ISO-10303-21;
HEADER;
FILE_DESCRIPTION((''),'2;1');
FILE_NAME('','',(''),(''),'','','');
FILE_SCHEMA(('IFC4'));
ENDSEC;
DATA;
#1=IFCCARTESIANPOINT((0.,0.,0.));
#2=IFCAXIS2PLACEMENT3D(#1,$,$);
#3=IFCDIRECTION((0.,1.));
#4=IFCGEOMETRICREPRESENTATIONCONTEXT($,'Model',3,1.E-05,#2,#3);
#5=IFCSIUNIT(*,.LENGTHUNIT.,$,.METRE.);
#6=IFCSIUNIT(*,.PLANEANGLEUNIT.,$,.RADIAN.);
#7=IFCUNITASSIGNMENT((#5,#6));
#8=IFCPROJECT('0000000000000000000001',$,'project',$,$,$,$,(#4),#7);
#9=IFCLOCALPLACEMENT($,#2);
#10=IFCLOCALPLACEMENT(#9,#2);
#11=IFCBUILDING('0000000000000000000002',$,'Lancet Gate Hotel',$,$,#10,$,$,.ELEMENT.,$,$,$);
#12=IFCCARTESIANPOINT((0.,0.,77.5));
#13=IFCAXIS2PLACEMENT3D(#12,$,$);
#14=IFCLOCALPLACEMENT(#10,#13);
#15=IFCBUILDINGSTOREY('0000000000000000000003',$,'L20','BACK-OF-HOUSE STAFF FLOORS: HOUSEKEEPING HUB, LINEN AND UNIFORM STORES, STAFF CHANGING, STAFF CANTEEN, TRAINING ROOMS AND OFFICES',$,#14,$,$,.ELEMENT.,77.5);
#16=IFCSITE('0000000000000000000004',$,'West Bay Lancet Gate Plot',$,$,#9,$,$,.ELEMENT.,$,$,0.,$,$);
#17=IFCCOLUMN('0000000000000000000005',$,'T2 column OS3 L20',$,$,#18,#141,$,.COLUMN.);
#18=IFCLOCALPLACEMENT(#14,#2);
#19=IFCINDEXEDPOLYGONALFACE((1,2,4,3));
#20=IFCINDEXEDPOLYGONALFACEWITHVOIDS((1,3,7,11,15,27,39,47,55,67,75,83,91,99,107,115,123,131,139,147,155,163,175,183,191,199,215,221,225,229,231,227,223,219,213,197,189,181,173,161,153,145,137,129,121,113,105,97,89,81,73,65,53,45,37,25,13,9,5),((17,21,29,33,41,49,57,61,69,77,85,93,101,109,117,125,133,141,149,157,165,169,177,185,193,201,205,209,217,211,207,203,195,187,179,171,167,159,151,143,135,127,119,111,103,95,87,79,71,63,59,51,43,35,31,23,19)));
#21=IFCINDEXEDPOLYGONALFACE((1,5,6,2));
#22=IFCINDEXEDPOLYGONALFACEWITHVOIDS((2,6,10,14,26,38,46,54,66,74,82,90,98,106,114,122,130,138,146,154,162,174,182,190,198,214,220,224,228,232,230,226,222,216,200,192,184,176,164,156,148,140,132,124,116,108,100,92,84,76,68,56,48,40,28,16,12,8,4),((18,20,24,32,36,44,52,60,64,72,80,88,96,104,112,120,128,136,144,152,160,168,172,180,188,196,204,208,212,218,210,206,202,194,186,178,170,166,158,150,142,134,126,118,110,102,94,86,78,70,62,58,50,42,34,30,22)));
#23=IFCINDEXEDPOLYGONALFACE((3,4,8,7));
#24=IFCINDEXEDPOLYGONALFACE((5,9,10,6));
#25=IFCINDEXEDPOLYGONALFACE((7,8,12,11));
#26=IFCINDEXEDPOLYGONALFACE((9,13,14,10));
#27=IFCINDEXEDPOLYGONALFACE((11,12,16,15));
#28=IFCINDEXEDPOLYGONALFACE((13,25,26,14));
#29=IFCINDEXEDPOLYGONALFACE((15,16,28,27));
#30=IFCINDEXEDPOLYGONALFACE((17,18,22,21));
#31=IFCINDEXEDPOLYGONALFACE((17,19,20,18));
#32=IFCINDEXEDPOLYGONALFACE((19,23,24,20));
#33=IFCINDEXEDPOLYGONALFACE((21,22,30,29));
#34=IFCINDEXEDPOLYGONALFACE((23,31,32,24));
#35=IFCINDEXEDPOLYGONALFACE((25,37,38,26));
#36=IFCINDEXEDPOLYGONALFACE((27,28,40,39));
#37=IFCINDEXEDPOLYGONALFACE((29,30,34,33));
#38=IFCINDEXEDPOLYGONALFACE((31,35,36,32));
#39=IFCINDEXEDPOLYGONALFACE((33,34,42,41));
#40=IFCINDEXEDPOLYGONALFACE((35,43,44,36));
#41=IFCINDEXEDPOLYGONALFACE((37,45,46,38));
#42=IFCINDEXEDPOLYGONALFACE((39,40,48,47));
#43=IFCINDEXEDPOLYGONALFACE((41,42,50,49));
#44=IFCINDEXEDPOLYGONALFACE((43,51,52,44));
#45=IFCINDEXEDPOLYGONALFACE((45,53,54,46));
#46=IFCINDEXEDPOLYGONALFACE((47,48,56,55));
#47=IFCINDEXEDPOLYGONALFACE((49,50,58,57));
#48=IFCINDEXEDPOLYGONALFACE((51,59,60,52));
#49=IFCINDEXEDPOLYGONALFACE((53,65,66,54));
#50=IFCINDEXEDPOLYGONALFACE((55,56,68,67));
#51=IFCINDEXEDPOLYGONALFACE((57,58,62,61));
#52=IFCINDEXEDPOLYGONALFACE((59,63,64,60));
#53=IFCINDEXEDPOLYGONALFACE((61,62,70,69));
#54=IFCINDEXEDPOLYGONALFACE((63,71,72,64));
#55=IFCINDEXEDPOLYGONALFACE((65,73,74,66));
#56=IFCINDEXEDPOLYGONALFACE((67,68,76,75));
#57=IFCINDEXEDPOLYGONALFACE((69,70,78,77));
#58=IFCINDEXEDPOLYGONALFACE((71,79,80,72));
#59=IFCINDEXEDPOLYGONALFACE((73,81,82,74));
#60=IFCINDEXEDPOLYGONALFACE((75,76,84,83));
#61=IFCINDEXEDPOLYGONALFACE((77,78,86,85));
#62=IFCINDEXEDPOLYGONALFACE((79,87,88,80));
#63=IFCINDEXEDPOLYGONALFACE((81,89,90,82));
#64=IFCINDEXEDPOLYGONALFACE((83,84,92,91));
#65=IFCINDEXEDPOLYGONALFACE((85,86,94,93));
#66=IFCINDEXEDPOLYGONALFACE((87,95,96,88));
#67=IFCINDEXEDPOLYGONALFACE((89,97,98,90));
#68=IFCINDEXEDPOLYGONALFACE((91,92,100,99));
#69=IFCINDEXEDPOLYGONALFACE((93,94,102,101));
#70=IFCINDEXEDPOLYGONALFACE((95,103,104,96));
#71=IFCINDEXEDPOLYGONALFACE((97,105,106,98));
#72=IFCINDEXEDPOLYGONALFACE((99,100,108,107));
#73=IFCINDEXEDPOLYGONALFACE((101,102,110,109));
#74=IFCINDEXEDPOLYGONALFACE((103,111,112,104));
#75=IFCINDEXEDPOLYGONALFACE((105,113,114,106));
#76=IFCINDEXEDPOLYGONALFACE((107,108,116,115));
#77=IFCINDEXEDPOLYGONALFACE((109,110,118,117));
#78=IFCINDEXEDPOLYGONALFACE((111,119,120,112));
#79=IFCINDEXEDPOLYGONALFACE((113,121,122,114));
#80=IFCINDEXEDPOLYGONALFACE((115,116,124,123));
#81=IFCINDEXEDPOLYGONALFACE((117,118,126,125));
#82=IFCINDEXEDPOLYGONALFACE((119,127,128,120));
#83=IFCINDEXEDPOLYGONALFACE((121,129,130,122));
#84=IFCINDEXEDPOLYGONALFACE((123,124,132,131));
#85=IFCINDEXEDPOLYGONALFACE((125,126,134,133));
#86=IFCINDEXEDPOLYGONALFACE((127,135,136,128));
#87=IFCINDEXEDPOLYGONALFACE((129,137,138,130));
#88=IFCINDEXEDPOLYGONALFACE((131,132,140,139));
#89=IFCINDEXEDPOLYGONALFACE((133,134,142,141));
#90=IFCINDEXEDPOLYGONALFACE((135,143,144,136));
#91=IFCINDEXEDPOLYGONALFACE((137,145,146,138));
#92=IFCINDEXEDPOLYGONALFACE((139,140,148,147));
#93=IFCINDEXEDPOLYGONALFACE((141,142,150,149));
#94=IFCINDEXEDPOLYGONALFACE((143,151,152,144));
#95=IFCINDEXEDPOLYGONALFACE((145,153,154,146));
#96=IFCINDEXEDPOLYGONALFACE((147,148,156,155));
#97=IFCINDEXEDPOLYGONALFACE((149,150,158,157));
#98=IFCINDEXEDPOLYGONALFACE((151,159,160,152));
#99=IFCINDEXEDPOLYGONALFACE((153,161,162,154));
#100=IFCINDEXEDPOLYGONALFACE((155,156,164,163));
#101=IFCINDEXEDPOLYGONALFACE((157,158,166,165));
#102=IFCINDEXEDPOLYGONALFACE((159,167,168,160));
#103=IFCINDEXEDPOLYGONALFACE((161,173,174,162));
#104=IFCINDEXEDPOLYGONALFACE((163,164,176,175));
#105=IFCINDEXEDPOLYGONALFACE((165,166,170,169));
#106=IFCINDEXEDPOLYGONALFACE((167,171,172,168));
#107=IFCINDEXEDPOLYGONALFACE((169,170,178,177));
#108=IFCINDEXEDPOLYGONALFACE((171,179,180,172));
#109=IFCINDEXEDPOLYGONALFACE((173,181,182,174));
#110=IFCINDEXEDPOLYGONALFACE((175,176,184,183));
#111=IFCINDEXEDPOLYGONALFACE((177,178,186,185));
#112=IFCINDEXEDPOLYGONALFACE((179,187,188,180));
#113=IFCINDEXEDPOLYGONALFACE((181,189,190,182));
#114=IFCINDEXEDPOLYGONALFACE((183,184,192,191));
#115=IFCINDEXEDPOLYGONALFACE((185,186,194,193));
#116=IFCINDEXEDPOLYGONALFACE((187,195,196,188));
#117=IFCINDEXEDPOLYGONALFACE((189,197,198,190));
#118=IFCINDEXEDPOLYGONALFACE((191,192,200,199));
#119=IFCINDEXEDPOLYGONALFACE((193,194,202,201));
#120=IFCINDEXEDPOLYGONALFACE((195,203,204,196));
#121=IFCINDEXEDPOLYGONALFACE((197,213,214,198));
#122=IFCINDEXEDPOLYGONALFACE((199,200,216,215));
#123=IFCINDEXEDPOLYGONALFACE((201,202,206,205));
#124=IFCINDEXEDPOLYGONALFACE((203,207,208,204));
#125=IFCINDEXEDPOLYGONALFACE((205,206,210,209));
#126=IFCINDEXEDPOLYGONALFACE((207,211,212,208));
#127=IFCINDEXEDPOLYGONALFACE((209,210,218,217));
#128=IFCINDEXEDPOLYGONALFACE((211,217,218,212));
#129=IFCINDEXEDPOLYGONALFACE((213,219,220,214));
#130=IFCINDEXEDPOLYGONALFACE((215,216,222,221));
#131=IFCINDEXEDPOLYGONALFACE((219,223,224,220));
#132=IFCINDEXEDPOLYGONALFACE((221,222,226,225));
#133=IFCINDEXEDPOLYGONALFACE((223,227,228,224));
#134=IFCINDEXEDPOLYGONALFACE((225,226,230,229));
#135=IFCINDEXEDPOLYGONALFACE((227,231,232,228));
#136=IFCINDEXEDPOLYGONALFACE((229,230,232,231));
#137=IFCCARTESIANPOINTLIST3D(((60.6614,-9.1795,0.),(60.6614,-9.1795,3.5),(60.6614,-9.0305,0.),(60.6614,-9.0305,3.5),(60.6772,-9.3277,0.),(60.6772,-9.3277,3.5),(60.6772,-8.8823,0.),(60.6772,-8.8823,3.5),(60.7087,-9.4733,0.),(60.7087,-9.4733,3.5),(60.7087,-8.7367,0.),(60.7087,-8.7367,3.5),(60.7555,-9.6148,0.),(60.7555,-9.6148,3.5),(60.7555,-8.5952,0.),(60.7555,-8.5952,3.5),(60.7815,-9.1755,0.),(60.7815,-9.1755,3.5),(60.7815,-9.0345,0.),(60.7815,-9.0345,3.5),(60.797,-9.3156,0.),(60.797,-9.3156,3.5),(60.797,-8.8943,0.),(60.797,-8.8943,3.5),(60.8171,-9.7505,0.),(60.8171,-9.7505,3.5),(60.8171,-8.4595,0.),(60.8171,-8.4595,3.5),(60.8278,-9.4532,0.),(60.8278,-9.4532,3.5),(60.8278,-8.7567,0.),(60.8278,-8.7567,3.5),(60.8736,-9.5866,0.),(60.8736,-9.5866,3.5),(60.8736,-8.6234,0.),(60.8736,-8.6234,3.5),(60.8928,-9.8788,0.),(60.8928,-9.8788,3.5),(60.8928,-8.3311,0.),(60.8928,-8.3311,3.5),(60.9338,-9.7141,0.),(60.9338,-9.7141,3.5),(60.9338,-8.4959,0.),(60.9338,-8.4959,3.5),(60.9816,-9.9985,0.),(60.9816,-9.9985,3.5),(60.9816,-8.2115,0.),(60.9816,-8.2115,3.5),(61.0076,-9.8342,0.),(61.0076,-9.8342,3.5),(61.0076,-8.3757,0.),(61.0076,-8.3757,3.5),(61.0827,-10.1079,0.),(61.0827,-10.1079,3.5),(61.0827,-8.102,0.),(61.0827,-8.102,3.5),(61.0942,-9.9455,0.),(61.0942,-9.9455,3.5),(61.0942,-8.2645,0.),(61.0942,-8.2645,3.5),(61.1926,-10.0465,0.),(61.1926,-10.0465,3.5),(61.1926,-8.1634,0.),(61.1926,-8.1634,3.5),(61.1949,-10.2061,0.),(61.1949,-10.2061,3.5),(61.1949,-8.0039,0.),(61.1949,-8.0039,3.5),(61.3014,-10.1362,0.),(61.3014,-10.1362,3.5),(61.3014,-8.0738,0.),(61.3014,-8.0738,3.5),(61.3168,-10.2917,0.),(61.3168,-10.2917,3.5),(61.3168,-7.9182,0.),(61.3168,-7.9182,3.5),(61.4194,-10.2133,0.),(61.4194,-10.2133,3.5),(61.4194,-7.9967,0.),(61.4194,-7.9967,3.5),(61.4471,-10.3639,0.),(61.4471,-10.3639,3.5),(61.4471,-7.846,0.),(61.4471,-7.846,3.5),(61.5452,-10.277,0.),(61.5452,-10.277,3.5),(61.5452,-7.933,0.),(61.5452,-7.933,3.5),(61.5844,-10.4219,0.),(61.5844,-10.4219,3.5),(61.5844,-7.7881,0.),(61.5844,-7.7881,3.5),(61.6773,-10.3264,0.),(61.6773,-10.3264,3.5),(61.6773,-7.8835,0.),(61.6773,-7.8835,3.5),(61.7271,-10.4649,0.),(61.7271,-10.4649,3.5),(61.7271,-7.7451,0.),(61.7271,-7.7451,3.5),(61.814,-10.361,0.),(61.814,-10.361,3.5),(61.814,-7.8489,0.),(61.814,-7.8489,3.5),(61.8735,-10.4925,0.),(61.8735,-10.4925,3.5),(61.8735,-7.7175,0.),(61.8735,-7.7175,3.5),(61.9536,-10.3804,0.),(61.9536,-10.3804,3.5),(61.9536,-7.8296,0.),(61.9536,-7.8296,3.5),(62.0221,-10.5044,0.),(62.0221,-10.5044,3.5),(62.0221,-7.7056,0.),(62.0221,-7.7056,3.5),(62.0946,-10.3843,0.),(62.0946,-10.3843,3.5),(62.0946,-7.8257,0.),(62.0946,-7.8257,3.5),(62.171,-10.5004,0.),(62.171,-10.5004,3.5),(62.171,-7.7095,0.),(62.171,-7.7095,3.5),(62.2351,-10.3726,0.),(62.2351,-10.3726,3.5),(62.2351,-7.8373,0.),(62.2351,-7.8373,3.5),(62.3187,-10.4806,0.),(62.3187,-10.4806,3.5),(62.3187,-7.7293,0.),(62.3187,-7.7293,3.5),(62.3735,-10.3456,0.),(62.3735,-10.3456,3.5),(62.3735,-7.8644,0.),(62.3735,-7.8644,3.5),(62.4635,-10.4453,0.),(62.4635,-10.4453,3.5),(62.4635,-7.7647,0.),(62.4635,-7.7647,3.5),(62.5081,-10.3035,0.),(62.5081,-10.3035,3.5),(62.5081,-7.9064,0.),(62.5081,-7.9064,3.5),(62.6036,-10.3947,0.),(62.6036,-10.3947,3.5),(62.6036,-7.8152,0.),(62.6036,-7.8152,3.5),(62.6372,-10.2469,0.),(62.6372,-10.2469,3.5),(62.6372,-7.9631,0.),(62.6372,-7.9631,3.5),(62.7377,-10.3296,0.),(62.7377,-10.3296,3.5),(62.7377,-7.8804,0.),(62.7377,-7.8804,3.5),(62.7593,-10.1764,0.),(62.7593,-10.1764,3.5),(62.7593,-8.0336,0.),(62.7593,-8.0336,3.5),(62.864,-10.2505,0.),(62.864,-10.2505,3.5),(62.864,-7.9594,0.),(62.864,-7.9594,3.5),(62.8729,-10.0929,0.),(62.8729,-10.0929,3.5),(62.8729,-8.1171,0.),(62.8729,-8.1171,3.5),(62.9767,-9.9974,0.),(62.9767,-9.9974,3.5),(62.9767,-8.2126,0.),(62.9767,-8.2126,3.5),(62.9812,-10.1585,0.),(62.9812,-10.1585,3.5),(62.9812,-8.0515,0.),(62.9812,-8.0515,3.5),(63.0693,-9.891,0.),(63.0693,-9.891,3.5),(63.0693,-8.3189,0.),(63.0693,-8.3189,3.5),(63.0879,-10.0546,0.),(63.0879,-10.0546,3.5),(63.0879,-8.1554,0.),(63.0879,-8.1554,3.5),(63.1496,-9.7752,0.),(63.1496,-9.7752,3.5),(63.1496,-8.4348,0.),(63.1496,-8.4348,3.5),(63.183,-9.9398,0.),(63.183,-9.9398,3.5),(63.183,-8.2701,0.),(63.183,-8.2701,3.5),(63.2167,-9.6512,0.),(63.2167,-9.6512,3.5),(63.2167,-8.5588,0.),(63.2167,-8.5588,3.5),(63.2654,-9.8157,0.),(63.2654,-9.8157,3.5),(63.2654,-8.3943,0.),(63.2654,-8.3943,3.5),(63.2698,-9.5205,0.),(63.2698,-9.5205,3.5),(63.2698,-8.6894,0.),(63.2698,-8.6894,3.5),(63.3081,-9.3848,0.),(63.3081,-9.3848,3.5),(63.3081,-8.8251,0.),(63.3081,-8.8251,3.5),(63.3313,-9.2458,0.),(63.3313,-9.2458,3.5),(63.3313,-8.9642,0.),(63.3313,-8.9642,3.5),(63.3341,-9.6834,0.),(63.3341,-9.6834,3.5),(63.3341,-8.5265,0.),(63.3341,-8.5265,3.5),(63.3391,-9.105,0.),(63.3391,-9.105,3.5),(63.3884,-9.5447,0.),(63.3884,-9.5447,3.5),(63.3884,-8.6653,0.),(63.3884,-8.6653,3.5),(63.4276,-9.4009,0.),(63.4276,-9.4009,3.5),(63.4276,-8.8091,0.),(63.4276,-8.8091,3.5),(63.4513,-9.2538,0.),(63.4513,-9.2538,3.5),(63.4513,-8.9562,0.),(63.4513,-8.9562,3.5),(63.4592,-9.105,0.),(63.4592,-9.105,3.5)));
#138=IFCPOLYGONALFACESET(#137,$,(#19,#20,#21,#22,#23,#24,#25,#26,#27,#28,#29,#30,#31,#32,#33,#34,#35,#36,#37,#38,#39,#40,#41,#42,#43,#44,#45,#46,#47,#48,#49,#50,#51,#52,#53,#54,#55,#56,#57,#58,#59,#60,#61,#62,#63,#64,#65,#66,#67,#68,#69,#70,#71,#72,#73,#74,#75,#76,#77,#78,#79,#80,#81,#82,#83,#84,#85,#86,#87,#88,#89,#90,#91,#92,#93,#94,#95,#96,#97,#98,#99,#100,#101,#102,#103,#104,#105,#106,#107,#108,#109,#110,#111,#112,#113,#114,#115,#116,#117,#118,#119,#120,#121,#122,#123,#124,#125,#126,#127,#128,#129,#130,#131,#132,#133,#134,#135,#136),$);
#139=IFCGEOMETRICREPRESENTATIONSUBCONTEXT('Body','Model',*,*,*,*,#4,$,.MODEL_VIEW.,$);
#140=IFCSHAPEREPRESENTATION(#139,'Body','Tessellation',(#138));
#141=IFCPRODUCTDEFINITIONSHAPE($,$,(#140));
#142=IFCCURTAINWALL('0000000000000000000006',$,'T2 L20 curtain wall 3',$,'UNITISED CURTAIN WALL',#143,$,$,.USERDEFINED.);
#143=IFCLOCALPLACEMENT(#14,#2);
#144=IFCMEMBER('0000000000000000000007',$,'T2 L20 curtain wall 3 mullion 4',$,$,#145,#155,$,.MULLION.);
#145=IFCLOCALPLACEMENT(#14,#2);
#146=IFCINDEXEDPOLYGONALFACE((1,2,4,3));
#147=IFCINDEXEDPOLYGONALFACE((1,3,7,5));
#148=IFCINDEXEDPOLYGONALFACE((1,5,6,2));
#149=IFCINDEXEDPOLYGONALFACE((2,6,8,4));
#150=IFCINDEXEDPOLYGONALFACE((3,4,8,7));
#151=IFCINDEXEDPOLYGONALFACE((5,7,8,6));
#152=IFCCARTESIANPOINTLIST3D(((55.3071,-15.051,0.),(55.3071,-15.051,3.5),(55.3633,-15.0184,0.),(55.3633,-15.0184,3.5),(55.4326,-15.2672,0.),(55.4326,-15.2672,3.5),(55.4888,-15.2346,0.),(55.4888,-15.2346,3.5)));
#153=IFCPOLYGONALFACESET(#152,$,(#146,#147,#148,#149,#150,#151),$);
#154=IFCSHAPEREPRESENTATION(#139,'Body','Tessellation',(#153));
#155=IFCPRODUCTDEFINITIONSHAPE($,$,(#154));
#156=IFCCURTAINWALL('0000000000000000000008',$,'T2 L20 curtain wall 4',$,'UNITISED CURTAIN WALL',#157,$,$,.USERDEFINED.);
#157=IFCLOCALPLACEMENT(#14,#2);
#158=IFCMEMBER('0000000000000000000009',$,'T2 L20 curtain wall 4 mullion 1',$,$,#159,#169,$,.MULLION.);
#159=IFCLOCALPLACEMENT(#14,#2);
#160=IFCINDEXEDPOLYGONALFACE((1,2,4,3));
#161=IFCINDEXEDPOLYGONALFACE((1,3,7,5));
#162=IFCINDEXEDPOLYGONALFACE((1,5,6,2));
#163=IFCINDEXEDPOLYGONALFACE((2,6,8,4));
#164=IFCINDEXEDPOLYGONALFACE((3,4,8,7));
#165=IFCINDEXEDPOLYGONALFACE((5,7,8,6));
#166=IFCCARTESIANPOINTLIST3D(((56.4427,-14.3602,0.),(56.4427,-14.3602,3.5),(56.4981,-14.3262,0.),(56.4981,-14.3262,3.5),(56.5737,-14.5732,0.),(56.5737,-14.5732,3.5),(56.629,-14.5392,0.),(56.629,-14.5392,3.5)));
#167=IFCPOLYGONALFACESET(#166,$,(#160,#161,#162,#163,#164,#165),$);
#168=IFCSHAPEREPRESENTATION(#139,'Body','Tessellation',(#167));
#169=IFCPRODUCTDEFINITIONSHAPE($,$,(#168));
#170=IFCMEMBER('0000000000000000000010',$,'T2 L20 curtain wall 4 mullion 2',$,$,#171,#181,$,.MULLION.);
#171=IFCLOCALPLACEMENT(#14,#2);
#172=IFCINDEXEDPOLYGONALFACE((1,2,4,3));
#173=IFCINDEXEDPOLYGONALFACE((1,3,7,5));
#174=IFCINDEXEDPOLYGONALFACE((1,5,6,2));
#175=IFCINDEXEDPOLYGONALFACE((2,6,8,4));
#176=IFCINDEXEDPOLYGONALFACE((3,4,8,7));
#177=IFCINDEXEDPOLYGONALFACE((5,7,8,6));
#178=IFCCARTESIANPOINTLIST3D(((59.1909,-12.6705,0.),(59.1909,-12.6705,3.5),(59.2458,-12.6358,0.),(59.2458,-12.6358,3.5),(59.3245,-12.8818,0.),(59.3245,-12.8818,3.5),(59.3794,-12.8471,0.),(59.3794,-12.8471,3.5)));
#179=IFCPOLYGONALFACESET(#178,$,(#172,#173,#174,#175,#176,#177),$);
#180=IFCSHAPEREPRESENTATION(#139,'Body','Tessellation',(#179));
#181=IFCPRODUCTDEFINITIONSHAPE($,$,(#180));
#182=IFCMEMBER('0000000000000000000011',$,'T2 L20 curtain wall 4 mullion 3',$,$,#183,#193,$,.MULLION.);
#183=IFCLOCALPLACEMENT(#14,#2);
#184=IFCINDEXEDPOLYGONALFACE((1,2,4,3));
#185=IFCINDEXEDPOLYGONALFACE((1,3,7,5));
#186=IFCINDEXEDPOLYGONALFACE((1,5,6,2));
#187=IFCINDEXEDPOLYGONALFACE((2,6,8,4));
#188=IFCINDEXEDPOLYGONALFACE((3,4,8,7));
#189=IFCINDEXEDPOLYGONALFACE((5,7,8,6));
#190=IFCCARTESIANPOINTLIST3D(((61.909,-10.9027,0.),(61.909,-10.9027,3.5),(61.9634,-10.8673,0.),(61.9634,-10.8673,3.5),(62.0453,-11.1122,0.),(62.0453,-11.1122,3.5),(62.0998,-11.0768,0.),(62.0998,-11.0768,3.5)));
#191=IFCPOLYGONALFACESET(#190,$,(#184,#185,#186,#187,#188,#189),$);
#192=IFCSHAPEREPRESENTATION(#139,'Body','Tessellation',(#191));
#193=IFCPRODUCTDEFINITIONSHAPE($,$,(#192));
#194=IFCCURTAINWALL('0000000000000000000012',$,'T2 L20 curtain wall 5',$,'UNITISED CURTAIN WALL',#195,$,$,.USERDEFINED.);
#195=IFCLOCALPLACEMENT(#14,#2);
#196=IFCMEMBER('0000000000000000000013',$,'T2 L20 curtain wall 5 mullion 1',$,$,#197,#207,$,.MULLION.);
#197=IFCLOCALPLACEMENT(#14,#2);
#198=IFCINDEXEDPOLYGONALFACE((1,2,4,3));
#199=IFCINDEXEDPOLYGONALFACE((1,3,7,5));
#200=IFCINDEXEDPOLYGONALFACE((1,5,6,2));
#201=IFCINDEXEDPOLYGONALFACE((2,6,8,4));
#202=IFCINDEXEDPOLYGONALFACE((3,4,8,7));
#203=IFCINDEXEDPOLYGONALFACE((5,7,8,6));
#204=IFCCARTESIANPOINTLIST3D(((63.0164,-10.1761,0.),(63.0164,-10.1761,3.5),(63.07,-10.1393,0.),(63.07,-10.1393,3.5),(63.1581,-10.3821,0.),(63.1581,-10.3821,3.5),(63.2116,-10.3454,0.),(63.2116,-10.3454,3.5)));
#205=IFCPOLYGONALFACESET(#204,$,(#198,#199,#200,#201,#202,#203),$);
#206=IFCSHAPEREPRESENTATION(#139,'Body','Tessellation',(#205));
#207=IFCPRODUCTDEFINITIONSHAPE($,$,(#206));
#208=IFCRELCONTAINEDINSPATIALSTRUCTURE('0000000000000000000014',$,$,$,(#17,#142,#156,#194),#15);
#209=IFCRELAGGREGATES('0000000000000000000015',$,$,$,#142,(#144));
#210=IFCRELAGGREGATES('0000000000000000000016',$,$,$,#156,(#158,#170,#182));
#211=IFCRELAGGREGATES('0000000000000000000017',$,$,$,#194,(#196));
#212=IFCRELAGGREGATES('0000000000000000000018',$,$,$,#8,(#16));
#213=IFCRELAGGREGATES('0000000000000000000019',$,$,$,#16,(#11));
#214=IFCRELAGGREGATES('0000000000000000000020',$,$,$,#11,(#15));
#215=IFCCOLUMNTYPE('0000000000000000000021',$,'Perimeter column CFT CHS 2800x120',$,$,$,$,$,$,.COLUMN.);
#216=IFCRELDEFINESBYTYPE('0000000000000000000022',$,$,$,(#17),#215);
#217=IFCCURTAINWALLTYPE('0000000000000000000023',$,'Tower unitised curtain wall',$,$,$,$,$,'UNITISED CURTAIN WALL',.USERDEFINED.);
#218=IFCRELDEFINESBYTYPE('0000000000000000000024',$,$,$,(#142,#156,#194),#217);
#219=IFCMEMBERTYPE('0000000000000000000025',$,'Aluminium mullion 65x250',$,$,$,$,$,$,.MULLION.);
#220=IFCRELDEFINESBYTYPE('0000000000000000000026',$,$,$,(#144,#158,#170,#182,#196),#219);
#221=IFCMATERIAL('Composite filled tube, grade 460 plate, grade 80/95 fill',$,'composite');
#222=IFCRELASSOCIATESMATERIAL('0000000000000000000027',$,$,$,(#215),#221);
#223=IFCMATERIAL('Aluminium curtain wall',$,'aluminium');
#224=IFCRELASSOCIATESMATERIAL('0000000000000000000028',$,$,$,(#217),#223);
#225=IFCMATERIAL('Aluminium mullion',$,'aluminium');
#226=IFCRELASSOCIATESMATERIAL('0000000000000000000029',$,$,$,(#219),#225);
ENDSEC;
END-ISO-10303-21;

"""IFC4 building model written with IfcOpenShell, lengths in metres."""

from ifc_helpers import new_model, si_unit, direction, frame, origin, origin_2d, place, context, subcontext, project, spatial, rectangle, hollow_circle, extrude, material, material_profile, profile_set, type_object, element, aggregate, save


model = new_model("IFC4")

# Units and contexts
model_context = context("Model", 3, precision=1e-05, world=origin(), true_north=direction((0.0, 1.0)))
body_context = subcontext(model_context, "Body", "Model", "MODEL_VIEW")
ifc_project = project(units=[si_unit("LENGTHUNIT", "METRE"), si_unit("PLANEANGLEUNIT", "RADIAN")], contexts=[model_context])

# Site, building, storey
site_placement = place(None, origin())
site = spatial("IfcSite", under=ifc_project, at=site_placement, Name="West Bay Lancet Gate Plot", CompositionType="ELEMENT", RefElevation=0.0)
building_placement = place(site_placement, origin())
building = spatial("IfcBuilding", under=site, at=building_placement, Name="Lancet Gate Hotel", CompositionType="ELEMENT")
storey_placement = place(building_placement, frame((0.0, 0.0, 77.5)))
storey = spatial("IfcBuildingStorey", under=building, at=storey_placement, Name="L20", Description="BACK-OF-HOUSE STAFF FLOORS: HOUSEKEEPING HUB, LINEN AND UNIFORM STORES, STAFF CHANGING, STAFF CANTEEN, TRAINING ROOMS AND OFFICES", CompositionType="ELEMENT", Elevation=77.5)

# Column
ifc_material_1 = material(Name="Composite filled tube, grade 460 plate, grade 80/95 fill", Category="composite")
ifc_material_profile_1 = material_profile(ifc_material_1, hollow_circle(Radius=1.3999, WallThickness=0.1201, at=origin_2d()), Name="CHS 2800x120")
ifc_profile_set_1 = profile_set([ifc_material_profile_1], Name="Composite filled tube, grade 460 plate, grade 80/95 fill")
column_type = type_object("IfcColumnType", Name="Perimeter column CFT CHS 2800x120", PredefinedType="COLUMN", material=ifc_profile_set_1)
for number, where, z_axis, x_axis, name in (
    (1, (62.0593, -9.105, 0.0), (0.0, 0.0, 1.0), (1.0, 0.0, 0.0), "T2 column OS3 L20"),
):
    element("IfcColumn", number, at=place(storey_placement, frame(where, z_axis=z_axis, x_axis=x_axis)), inside=storey, type_object=column_type, Name=name, PredefinedType="COLUMN", context=body_context, shape_type="SweptSolid", body=[
        extrude(hollow_circle(Radius=1.3999, WallThickness=0.1201, at=origin_2d()), origin(), (0.0, 0.0, 1.0), 3.5),
    ])

# Curtain wall, member
ifc_material_2 = material(Name="Aluminium curtain wall", Category="aluminium")
curtain_wall_type = type_object("IfcCurtainWallType", Name="Tower unitised curtain wall", ElementType="UNITISED CURTAIN WALL", PredefinedType="USERDEFINED", material=ifc_material_2)
curtain_wall_1_placement = place(storey_placement, origin())
curtain_wall_1 = element("IfcCurtainWall", 2, at=curtain_wall_1_placement, inside=storey, type_object=curtain_wall_type, Name="T2 L20 curtain wall 3", ObjectType="UNITISED CURTAIN WALL", PredefinedType="USERDEFINED")
ifc_material_3 = material(Name="Aluminium mullion", Category="aluminium")
ifc_material_profile_2 = material_profile(ifc_material_3, rectangle(XDim=0.0649, YDim=0.25, at=origin_2d()), Name="MULLION 65x250")
ifc_profile_set_2 = profile_set([ifc_material_profile_2], Name="Aluminium mullion")
member_type_1 = type_object("IfcMemberType", Name="Aluminium mullion 65x250", PredefinedType="MULLION", material=ifc_profile_set_2)
member_1_placement = place(storey_placement, frame((55.3979, -15.1428, 0.0), z_axis=(0.0, 0.0, 1.0), x_axis=(0.864872, 0.501993, 0.0)))
member_1 = element("IfcMember", 3, at=member_1_placement, type_object=member_type_1, Name="T2 L20 curtain wall 3 mullion 4", PredefinedType="MULLION", context=body_context, shape_type="SweptSolid", body=[
    extrude(rectangle(XDim=0.0649, YDim=0.25, at=origin_2d()), origin(), (0.0, 0.0, 1.0), 3.5),
])
aggregate(curtain_wall_1, [member_1])

# Curtain walls, members
curtain_wall_2_placement = place(storey_placement, origin())
curtain_wall_2 = element("IfcCurtainWall", 4, at=curtain_wall_2_placement, inside=storey, type_object=curtain_wall_type, Name="T2 L20 curtain wall 4", ObjectType="UNITISED CURTAIN WALL", PredefinedType="USERDEFINED")
member_2_placement = place(storey_placement, frame((56.5359, -14.4497, 0.0), z_axis=(0.0, 0.0, 1.0), x_axis=(0.851815, 0.523842, 0.0)))
member_2 = element("IfcMember", 5, at=member_2_placement, type_object=member_type_1, Name="T2 L20 curtain wall 4 mullion 1", PredefinedType="MULLION", context=body_context, shape_type="SweptSolid", body=[
    extrude(rectangle(XDim=0.0649, YDim=0.25, at=origin_2d()), origin(), (0.0, 0.0, 1.0), 3.5),
])
member_3_placement = place(storey_placement, frame((59.2852, -12.7588, 0.0), z_axis=(0.0, 0.0, 1.0), x_axis=(0.845062, 0.534668, 0.0)))
member_3 = element("IfcMember", 6, at=member_3_placement, type_object=member_type_1, Name="T2 L20 curtain wall 4 mullion 2", PredefinedType="MULLION", context=body_context, shape_type="SweptSolid", body=[
    extrude(rectangle(XDim=0.0649, YDim=0.25, at=origin_2d()), origin(), (0.0, 0.0, 1.0), 3.5),
])
member_4_placement = place(storey_placement, frame((62.0044, -10.9897, 0.0), z_axis=(0.0, 0.0, 1.0), x_axis=(0.838207, 0.545353, 0.0)))
member_4 = element("IfcMember", 7, at=member_4_placement, type_object=member_type_1, Name="T2 L20 curtain wall 4 mullion 3", PredefinedType="MULLION", context=body_context, shape_type="SweptSolid", body=[
    extrude(rectangle(XDim=0.0649, YDim=0.25, at=origin_2d()), origin(), (0.0, 0.0, 1.0), 3.5),
])
curtain_wall_3_placement = place(storey_placement, origin())
curtain_wall_3 = element("IfcCurtainWall", 8, at=curtain_wall_3_placement, inside=storey, type_object=curtain_wall_type, Name="T2 L20 curtain wall 5", ObjectType="UNITISED CURTAIN WALL", PredefinedType="USERDEFINED")
member_5_placement = place(storey_placement, frame((63.114, -10.2607, 0.0), z_axis=(0.0, 0.0, 1.0), x_axis=(0.824055, 0.566509, 0.0)))
member_5 = element("IfcMember", 9, at=member_5_placement, type_object=member_type_1, Name="T2 L20 curtain wall 5 mullion 1", PredefinedType="MULLION", context=body_context, shape_type="SweptSolid", body=[
    extrude(rectangle(XDim=0.0649, YDim=0.25, at=origin_2d()), origin(), (0.0, 0.0, 1.0), 3.5),
])

aggregate(curtain_wall_2, [member_2, member_3, member_4])
aggregate(curtain_wall_3, [member_5])

save(model, "model.ifc")
